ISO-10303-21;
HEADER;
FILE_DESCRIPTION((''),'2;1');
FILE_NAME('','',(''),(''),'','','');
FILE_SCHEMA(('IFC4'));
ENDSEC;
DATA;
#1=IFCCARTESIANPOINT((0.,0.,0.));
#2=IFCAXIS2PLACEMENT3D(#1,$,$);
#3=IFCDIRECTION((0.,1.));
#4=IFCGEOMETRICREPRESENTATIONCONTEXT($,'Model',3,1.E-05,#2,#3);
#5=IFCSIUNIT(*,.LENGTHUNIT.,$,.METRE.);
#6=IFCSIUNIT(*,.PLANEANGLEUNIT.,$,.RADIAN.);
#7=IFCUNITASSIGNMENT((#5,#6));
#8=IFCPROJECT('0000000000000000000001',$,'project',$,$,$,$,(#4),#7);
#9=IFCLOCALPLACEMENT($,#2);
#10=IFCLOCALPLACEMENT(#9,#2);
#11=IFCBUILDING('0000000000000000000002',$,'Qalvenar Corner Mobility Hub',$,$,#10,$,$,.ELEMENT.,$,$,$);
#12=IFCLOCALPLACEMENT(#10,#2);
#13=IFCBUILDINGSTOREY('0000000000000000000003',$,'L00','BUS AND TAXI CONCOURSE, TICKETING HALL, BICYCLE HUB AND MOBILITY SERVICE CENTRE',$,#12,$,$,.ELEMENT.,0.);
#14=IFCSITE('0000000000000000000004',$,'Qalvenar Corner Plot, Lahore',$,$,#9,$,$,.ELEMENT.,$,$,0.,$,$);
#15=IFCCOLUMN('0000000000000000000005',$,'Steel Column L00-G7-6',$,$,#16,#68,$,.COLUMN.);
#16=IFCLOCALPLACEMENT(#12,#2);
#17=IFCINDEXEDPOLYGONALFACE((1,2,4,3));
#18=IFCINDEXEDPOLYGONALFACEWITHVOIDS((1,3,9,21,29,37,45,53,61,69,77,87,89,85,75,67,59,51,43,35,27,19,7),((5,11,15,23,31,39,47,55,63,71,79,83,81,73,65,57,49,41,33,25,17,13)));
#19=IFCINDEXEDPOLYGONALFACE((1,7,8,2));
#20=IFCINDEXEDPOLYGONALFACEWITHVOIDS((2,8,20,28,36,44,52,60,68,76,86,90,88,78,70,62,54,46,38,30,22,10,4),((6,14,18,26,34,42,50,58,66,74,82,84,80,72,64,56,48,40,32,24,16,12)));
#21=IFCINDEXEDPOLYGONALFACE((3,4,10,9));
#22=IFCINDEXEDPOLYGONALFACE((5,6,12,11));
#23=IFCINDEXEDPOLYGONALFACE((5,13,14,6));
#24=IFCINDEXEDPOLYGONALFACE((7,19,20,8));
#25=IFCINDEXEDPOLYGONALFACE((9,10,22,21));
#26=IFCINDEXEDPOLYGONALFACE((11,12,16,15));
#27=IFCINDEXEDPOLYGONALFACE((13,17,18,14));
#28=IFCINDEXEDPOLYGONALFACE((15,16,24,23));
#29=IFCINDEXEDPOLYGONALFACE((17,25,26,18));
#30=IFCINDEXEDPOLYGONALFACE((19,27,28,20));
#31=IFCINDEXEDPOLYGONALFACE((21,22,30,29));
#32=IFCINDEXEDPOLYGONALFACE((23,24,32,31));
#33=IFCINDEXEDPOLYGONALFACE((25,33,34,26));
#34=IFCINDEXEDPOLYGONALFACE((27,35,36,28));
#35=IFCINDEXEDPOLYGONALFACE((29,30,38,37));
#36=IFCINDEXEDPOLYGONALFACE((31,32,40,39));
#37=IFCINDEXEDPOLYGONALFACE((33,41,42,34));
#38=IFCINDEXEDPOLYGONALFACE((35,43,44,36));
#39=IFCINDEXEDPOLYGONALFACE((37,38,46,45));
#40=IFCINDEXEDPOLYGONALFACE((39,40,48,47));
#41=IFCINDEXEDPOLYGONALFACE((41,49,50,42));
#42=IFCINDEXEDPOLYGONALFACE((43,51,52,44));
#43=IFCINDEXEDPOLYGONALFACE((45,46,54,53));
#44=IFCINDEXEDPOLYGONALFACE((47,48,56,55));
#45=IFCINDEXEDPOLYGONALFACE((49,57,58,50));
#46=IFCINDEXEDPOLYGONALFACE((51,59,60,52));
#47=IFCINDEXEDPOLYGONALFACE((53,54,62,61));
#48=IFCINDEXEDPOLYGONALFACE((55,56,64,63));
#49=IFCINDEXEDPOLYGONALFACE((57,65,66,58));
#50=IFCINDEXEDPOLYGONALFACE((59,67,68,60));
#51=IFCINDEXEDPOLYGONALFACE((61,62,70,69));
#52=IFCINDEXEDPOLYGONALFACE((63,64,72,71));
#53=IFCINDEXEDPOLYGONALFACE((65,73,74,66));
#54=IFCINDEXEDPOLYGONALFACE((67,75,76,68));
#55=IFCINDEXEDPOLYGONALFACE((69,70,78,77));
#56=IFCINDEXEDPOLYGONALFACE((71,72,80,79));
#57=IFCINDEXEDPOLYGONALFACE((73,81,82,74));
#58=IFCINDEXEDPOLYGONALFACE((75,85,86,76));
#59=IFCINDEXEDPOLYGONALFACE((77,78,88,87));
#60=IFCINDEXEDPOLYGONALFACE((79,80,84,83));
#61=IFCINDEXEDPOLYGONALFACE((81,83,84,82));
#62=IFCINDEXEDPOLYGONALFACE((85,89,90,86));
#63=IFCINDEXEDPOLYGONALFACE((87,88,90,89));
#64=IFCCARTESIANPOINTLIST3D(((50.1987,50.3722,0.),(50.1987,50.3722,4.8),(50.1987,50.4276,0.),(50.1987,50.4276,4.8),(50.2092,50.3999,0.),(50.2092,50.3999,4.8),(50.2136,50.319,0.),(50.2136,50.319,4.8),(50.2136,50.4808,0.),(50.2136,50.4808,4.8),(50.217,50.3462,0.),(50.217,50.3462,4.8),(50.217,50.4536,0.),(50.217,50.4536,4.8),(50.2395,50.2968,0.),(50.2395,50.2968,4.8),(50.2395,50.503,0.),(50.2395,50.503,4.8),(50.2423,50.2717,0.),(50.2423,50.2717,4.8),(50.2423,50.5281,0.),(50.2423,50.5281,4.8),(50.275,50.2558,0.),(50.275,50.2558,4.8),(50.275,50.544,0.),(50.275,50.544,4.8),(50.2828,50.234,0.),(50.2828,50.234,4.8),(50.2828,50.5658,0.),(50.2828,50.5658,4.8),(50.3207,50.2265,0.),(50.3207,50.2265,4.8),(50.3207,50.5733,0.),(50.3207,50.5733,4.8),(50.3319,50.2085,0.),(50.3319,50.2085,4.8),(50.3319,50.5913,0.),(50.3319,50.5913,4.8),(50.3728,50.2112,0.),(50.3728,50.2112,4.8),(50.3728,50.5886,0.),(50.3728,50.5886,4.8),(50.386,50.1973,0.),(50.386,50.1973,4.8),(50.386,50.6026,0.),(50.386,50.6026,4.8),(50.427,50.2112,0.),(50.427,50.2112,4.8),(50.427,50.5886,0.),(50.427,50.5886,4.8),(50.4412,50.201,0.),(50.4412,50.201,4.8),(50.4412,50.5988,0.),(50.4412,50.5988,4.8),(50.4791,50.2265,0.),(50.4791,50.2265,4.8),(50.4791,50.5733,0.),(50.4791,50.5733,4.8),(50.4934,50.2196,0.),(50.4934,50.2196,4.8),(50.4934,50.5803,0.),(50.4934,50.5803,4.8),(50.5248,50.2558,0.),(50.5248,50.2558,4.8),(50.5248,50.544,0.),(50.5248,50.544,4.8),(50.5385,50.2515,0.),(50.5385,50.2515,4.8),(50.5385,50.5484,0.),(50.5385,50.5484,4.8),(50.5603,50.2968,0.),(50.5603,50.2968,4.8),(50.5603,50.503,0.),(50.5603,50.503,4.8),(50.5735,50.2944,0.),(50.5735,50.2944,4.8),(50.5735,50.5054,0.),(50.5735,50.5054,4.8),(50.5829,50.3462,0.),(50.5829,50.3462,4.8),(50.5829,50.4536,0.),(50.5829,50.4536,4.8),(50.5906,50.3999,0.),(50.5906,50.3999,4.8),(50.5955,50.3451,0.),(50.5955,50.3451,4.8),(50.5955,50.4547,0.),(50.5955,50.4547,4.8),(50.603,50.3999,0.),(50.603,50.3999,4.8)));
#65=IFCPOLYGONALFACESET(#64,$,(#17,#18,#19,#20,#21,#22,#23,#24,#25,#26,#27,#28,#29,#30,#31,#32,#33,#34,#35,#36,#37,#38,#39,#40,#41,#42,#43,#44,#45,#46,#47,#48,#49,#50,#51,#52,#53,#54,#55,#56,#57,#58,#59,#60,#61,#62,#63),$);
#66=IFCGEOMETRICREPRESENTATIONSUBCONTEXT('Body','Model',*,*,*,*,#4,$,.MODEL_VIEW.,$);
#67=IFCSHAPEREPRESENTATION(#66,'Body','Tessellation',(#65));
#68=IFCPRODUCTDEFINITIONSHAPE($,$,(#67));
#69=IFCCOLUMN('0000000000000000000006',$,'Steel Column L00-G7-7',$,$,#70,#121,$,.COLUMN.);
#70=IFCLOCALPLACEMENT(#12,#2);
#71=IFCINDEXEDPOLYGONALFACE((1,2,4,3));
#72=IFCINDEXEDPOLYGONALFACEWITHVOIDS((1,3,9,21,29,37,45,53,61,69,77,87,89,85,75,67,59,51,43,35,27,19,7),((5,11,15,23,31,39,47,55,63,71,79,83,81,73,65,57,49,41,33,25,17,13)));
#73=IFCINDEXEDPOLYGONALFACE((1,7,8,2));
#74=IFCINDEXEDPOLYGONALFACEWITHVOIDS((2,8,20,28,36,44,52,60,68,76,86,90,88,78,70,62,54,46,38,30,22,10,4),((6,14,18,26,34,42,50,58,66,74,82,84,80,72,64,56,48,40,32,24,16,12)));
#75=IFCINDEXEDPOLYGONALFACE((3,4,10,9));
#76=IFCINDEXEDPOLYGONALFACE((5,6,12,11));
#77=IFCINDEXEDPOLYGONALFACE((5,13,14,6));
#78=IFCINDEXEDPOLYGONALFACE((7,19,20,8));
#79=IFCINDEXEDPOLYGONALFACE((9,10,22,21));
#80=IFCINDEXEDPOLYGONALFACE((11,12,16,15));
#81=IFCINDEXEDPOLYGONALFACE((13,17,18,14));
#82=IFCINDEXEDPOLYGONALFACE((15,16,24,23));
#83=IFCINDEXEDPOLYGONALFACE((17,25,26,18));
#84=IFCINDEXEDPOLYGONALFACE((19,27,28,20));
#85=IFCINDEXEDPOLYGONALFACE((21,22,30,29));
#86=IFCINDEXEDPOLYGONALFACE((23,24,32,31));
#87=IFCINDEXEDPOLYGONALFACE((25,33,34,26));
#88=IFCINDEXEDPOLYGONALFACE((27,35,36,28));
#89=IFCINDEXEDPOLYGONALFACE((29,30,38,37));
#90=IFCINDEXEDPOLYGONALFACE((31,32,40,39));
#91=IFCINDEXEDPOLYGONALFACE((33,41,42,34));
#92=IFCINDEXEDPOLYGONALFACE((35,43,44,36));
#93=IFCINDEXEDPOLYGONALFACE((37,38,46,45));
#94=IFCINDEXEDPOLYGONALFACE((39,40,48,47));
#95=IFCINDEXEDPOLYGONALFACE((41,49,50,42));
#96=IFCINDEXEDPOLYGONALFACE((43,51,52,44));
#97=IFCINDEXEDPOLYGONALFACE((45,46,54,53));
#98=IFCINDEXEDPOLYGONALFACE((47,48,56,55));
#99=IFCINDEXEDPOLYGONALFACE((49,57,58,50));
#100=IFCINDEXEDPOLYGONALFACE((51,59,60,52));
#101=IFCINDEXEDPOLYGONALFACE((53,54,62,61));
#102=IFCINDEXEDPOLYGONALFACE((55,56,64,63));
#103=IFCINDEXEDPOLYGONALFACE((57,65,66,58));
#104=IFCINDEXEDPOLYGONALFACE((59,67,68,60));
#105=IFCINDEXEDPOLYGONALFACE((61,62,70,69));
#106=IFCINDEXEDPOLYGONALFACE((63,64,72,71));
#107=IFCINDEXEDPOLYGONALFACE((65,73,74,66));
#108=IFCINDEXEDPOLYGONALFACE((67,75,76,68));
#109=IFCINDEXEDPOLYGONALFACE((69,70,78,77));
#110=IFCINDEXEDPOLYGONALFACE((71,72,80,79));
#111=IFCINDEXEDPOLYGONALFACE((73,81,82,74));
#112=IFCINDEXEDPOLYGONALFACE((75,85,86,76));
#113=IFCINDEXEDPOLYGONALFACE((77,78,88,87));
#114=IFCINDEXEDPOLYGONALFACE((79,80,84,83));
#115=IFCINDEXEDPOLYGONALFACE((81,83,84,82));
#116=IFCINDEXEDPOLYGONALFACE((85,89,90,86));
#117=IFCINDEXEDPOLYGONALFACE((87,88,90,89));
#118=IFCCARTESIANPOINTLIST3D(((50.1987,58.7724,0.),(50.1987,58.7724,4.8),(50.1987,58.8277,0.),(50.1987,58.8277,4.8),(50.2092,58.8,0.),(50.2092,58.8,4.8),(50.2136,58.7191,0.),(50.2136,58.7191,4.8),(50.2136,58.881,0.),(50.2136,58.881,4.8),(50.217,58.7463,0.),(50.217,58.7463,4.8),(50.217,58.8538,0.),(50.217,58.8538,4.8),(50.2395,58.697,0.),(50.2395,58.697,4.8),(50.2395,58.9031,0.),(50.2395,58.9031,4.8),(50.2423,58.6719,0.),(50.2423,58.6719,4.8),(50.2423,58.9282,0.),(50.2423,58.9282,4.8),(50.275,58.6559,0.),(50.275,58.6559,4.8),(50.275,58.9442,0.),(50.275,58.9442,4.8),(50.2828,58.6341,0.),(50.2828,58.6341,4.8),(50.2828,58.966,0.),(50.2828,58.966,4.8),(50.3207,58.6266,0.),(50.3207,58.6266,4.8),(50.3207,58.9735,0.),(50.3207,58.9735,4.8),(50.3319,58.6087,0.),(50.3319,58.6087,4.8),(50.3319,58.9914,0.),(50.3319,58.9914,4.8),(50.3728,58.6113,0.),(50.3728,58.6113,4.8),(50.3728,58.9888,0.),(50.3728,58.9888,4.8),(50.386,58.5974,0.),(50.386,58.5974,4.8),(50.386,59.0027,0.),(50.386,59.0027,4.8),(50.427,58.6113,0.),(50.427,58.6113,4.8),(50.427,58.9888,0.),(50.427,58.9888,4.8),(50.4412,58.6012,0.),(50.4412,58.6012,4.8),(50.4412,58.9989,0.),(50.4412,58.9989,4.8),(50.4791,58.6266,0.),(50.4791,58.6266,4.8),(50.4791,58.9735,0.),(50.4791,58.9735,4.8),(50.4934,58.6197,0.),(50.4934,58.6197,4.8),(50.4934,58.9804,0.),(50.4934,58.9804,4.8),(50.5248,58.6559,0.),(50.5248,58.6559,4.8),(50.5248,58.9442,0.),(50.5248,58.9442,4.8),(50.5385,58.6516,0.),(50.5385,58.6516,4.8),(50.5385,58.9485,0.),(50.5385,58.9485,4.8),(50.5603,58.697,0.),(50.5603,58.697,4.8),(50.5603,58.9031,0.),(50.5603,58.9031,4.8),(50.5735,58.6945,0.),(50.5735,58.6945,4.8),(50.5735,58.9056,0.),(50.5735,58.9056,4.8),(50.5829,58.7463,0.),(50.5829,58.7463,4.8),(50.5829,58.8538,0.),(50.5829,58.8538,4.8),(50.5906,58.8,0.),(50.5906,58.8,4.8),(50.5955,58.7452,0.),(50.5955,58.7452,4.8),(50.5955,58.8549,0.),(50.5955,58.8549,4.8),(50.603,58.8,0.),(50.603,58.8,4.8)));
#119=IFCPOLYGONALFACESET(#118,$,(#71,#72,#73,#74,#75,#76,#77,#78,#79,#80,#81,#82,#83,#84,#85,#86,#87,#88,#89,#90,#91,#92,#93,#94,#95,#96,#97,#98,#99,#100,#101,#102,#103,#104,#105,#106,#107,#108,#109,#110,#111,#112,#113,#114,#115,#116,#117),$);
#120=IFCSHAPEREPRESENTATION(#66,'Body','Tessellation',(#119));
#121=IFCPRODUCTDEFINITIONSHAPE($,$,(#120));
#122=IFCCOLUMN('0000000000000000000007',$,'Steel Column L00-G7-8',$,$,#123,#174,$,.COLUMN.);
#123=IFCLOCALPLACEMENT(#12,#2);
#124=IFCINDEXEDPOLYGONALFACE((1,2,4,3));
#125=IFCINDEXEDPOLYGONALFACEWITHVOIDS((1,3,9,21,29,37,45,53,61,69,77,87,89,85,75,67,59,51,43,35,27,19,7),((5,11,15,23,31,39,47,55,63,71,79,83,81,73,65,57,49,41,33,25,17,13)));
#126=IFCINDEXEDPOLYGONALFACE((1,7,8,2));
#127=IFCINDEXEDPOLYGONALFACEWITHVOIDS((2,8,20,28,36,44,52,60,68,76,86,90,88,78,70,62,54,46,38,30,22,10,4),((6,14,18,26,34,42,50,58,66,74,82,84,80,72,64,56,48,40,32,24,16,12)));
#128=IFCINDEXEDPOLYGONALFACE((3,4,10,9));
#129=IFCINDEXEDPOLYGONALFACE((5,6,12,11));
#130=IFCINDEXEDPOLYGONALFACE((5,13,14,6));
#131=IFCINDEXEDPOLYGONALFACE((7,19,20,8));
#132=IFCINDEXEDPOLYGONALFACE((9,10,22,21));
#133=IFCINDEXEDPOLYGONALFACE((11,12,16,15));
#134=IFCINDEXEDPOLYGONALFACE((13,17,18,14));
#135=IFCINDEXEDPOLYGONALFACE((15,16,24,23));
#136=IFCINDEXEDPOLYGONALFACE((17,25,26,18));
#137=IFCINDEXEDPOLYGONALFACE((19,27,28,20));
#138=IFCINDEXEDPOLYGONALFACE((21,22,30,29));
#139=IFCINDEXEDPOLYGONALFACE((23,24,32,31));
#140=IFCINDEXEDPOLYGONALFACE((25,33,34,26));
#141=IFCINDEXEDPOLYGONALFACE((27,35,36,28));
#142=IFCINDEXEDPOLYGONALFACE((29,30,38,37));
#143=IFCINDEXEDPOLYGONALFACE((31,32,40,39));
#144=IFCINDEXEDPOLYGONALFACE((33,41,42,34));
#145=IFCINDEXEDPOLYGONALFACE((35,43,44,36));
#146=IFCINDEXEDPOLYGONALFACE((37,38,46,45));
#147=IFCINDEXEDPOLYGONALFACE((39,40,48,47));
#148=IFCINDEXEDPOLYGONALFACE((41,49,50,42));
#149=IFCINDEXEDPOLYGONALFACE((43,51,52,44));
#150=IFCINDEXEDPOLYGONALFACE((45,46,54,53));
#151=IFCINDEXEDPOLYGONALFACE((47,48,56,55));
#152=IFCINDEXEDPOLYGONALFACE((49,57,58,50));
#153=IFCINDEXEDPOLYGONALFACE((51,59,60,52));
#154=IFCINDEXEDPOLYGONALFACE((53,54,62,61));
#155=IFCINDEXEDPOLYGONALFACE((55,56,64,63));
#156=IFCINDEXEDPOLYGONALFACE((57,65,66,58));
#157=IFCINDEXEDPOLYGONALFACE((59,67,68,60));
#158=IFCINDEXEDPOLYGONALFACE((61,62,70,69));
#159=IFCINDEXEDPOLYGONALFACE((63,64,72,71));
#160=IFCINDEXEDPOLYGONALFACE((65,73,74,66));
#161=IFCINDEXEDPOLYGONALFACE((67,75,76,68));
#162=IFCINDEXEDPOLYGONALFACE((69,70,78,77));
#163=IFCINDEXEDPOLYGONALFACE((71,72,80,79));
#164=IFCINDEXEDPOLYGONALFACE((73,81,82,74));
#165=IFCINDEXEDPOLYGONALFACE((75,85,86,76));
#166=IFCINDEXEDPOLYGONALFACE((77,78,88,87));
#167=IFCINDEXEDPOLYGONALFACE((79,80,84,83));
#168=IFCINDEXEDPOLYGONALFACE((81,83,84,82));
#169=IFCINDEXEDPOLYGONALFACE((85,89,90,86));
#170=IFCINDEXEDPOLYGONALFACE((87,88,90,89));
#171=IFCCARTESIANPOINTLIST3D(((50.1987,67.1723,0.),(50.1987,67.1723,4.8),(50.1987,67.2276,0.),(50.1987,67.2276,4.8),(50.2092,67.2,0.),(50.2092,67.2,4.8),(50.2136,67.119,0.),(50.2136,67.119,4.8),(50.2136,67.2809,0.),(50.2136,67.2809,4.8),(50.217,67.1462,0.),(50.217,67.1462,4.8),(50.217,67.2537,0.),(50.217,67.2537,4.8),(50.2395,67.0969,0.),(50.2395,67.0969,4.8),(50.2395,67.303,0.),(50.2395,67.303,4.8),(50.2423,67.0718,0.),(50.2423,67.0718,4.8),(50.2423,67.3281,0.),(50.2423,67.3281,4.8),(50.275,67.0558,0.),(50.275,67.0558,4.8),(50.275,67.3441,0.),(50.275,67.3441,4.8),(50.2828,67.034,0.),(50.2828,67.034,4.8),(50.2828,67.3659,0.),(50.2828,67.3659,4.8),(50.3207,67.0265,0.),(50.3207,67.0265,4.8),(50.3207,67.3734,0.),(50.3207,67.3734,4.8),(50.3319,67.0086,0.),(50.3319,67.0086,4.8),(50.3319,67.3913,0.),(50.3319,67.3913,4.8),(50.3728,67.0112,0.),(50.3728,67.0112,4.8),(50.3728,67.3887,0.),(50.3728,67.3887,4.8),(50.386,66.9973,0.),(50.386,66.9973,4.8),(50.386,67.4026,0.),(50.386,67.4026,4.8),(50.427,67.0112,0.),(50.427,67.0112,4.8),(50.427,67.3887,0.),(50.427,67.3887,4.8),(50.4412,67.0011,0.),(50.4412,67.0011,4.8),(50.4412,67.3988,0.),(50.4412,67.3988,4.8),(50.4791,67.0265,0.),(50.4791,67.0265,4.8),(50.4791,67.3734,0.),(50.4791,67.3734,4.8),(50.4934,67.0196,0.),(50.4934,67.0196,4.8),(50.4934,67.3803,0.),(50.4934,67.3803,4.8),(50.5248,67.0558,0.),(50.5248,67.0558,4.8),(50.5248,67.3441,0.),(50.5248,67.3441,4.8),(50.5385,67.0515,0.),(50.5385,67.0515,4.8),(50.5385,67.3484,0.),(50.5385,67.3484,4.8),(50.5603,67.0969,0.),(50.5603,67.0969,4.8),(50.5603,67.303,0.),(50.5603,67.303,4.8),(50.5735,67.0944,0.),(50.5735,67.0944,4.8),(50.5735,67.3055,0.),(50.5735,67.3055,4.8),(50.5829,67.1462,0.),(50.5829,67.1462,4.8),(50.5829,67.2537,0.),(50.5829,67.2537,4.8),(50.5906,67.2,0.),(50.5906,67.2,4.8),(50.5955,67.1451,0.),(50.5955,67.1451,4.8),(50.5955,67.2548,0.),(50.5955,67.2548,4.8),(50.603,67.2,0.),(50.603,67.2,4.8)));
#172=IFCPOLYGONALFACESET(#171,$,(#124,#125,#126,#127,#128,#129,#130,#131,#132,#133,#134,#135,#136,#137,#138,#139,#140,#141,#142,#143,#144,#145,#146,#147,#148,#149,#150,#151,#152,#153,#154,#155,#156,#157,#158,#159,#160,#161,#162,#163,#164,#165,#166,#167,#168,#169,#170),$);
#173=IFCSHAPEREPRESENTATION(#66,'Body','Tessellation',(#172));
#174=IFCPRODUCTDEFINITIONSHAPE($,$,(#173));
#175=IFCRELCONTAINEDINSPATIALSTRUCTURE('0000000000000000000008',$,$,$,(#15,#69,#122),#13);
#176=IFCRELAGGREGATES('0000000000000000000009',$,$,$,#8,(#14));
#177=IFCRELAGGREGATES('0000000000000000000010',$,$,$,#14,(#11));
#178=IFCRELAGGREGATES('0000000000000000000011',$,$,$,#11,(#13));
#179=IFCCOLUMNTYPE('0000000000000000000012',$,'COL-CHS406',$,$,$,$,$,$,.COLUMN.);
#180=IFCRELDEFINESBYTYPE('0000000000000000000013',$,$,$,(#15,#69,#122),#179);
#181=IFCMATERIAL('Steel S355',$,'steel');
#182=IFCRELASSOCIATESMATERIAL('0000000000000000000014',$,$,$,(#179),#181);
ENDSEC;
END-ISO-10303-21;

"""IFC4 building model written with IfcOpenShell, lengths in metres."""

from ifc_helpers import new_model, si_unit, direction, frame, origin, origin_2d, place, context, subcontext, project, spatial, hollow_circle, extrude, material, material_profile, profile_set, type_object, element, save


model = new_model("IFC4")

# Units and contexts
model_context = context("Model", 3, precision=1e-05, world=origin(), true_north=direction((0.0, 1.0)))
body_context = subcontext(model_context, "Body", "Model", "MODEL_VIEW")
ifc_project = project(units=[si_unit("LENGTHUNIT", "METRE"), si_unit("PLANEANGLEUNIT", "RADIAN")], contexts=[model_context])

# Site, building, storey
site_placement = place(None, origin())
site = spatial("IfcSite", under=ifc_project, at=site_placement, Name="Qalvenar Corner Plot, Lahore", CompositionType="ELEMENT", RefElevation=0.0)
building_placement = place(site_placement, origin())
building = spatial("IfcBuilding", under=site, at=building_placement, Name="Qalvenar Corner Mobility Hub", CompositionType="ELEMENT")
storey_placement = place(building_placement, origin())
storey = spatial("IfcBuildingStorey", under=building, at=storey_placement, Name="L00", Description="BUS AND TAXI CONCOURSE, TICKETING HALL, BICYCLE HUB AND MOBILITY SERVICE CENTRE", CompositionType="ELEMENT", Elevation=0.0)

# Columns
ifc_material_1 = material(Name="Steel S355", Category="steel")
ifc_material_profile_1 = material_profile(ifc_material_1, hollow_circle(Radius=0.2031, WallThickness=0.0125, at=origin_2d()), Name="CHS406.4x12.5")
ifc_profile_set_1 = profile_set([ifc_material_profile_1], Name="Steel S355")
column_type_1 = type_object("IfcColumnType", Name="COL-CHS406", PredefinedType="COLUMN", material=ifc_profile_set_1)
for number, where, z_axis, x_axis, name in (
    (1, (50.3999, 50.3999, 0.0), (0.0, 0.0, 1.0), (1.0, 0.0, 0.0), "Steel Column L00-G7-6"),
    (2, (50.3999, 58.8, 0.0), (0.0, 0.0, 1.0), (1.0, 0.0, 0.0), "Steel Column L00-G7-7"),
    (3, (50.3999, 67.2, 0.0), (0.0, 0.0, 1.0), (1.0, 0.0, 0.0), "Steel Column L00-G7-8"),
):
    element("IfcColumn", number, at=place(storey_placement, frame(where, z_axis=z_axis, x_axis=x_axis)), inside=storey, type_object=column_type_1, Name=name, PredefinedType="COLUMN", context=body_context, shape_type="SweptSolid", body=[
        extrude(hollow_circle(Radius=0.2031, WallThickness=0.0125, at=origin_2d()), origin(), (0.0, 0.0, 1.0), 4.8),
    ])

save(model, "model.ifc")
